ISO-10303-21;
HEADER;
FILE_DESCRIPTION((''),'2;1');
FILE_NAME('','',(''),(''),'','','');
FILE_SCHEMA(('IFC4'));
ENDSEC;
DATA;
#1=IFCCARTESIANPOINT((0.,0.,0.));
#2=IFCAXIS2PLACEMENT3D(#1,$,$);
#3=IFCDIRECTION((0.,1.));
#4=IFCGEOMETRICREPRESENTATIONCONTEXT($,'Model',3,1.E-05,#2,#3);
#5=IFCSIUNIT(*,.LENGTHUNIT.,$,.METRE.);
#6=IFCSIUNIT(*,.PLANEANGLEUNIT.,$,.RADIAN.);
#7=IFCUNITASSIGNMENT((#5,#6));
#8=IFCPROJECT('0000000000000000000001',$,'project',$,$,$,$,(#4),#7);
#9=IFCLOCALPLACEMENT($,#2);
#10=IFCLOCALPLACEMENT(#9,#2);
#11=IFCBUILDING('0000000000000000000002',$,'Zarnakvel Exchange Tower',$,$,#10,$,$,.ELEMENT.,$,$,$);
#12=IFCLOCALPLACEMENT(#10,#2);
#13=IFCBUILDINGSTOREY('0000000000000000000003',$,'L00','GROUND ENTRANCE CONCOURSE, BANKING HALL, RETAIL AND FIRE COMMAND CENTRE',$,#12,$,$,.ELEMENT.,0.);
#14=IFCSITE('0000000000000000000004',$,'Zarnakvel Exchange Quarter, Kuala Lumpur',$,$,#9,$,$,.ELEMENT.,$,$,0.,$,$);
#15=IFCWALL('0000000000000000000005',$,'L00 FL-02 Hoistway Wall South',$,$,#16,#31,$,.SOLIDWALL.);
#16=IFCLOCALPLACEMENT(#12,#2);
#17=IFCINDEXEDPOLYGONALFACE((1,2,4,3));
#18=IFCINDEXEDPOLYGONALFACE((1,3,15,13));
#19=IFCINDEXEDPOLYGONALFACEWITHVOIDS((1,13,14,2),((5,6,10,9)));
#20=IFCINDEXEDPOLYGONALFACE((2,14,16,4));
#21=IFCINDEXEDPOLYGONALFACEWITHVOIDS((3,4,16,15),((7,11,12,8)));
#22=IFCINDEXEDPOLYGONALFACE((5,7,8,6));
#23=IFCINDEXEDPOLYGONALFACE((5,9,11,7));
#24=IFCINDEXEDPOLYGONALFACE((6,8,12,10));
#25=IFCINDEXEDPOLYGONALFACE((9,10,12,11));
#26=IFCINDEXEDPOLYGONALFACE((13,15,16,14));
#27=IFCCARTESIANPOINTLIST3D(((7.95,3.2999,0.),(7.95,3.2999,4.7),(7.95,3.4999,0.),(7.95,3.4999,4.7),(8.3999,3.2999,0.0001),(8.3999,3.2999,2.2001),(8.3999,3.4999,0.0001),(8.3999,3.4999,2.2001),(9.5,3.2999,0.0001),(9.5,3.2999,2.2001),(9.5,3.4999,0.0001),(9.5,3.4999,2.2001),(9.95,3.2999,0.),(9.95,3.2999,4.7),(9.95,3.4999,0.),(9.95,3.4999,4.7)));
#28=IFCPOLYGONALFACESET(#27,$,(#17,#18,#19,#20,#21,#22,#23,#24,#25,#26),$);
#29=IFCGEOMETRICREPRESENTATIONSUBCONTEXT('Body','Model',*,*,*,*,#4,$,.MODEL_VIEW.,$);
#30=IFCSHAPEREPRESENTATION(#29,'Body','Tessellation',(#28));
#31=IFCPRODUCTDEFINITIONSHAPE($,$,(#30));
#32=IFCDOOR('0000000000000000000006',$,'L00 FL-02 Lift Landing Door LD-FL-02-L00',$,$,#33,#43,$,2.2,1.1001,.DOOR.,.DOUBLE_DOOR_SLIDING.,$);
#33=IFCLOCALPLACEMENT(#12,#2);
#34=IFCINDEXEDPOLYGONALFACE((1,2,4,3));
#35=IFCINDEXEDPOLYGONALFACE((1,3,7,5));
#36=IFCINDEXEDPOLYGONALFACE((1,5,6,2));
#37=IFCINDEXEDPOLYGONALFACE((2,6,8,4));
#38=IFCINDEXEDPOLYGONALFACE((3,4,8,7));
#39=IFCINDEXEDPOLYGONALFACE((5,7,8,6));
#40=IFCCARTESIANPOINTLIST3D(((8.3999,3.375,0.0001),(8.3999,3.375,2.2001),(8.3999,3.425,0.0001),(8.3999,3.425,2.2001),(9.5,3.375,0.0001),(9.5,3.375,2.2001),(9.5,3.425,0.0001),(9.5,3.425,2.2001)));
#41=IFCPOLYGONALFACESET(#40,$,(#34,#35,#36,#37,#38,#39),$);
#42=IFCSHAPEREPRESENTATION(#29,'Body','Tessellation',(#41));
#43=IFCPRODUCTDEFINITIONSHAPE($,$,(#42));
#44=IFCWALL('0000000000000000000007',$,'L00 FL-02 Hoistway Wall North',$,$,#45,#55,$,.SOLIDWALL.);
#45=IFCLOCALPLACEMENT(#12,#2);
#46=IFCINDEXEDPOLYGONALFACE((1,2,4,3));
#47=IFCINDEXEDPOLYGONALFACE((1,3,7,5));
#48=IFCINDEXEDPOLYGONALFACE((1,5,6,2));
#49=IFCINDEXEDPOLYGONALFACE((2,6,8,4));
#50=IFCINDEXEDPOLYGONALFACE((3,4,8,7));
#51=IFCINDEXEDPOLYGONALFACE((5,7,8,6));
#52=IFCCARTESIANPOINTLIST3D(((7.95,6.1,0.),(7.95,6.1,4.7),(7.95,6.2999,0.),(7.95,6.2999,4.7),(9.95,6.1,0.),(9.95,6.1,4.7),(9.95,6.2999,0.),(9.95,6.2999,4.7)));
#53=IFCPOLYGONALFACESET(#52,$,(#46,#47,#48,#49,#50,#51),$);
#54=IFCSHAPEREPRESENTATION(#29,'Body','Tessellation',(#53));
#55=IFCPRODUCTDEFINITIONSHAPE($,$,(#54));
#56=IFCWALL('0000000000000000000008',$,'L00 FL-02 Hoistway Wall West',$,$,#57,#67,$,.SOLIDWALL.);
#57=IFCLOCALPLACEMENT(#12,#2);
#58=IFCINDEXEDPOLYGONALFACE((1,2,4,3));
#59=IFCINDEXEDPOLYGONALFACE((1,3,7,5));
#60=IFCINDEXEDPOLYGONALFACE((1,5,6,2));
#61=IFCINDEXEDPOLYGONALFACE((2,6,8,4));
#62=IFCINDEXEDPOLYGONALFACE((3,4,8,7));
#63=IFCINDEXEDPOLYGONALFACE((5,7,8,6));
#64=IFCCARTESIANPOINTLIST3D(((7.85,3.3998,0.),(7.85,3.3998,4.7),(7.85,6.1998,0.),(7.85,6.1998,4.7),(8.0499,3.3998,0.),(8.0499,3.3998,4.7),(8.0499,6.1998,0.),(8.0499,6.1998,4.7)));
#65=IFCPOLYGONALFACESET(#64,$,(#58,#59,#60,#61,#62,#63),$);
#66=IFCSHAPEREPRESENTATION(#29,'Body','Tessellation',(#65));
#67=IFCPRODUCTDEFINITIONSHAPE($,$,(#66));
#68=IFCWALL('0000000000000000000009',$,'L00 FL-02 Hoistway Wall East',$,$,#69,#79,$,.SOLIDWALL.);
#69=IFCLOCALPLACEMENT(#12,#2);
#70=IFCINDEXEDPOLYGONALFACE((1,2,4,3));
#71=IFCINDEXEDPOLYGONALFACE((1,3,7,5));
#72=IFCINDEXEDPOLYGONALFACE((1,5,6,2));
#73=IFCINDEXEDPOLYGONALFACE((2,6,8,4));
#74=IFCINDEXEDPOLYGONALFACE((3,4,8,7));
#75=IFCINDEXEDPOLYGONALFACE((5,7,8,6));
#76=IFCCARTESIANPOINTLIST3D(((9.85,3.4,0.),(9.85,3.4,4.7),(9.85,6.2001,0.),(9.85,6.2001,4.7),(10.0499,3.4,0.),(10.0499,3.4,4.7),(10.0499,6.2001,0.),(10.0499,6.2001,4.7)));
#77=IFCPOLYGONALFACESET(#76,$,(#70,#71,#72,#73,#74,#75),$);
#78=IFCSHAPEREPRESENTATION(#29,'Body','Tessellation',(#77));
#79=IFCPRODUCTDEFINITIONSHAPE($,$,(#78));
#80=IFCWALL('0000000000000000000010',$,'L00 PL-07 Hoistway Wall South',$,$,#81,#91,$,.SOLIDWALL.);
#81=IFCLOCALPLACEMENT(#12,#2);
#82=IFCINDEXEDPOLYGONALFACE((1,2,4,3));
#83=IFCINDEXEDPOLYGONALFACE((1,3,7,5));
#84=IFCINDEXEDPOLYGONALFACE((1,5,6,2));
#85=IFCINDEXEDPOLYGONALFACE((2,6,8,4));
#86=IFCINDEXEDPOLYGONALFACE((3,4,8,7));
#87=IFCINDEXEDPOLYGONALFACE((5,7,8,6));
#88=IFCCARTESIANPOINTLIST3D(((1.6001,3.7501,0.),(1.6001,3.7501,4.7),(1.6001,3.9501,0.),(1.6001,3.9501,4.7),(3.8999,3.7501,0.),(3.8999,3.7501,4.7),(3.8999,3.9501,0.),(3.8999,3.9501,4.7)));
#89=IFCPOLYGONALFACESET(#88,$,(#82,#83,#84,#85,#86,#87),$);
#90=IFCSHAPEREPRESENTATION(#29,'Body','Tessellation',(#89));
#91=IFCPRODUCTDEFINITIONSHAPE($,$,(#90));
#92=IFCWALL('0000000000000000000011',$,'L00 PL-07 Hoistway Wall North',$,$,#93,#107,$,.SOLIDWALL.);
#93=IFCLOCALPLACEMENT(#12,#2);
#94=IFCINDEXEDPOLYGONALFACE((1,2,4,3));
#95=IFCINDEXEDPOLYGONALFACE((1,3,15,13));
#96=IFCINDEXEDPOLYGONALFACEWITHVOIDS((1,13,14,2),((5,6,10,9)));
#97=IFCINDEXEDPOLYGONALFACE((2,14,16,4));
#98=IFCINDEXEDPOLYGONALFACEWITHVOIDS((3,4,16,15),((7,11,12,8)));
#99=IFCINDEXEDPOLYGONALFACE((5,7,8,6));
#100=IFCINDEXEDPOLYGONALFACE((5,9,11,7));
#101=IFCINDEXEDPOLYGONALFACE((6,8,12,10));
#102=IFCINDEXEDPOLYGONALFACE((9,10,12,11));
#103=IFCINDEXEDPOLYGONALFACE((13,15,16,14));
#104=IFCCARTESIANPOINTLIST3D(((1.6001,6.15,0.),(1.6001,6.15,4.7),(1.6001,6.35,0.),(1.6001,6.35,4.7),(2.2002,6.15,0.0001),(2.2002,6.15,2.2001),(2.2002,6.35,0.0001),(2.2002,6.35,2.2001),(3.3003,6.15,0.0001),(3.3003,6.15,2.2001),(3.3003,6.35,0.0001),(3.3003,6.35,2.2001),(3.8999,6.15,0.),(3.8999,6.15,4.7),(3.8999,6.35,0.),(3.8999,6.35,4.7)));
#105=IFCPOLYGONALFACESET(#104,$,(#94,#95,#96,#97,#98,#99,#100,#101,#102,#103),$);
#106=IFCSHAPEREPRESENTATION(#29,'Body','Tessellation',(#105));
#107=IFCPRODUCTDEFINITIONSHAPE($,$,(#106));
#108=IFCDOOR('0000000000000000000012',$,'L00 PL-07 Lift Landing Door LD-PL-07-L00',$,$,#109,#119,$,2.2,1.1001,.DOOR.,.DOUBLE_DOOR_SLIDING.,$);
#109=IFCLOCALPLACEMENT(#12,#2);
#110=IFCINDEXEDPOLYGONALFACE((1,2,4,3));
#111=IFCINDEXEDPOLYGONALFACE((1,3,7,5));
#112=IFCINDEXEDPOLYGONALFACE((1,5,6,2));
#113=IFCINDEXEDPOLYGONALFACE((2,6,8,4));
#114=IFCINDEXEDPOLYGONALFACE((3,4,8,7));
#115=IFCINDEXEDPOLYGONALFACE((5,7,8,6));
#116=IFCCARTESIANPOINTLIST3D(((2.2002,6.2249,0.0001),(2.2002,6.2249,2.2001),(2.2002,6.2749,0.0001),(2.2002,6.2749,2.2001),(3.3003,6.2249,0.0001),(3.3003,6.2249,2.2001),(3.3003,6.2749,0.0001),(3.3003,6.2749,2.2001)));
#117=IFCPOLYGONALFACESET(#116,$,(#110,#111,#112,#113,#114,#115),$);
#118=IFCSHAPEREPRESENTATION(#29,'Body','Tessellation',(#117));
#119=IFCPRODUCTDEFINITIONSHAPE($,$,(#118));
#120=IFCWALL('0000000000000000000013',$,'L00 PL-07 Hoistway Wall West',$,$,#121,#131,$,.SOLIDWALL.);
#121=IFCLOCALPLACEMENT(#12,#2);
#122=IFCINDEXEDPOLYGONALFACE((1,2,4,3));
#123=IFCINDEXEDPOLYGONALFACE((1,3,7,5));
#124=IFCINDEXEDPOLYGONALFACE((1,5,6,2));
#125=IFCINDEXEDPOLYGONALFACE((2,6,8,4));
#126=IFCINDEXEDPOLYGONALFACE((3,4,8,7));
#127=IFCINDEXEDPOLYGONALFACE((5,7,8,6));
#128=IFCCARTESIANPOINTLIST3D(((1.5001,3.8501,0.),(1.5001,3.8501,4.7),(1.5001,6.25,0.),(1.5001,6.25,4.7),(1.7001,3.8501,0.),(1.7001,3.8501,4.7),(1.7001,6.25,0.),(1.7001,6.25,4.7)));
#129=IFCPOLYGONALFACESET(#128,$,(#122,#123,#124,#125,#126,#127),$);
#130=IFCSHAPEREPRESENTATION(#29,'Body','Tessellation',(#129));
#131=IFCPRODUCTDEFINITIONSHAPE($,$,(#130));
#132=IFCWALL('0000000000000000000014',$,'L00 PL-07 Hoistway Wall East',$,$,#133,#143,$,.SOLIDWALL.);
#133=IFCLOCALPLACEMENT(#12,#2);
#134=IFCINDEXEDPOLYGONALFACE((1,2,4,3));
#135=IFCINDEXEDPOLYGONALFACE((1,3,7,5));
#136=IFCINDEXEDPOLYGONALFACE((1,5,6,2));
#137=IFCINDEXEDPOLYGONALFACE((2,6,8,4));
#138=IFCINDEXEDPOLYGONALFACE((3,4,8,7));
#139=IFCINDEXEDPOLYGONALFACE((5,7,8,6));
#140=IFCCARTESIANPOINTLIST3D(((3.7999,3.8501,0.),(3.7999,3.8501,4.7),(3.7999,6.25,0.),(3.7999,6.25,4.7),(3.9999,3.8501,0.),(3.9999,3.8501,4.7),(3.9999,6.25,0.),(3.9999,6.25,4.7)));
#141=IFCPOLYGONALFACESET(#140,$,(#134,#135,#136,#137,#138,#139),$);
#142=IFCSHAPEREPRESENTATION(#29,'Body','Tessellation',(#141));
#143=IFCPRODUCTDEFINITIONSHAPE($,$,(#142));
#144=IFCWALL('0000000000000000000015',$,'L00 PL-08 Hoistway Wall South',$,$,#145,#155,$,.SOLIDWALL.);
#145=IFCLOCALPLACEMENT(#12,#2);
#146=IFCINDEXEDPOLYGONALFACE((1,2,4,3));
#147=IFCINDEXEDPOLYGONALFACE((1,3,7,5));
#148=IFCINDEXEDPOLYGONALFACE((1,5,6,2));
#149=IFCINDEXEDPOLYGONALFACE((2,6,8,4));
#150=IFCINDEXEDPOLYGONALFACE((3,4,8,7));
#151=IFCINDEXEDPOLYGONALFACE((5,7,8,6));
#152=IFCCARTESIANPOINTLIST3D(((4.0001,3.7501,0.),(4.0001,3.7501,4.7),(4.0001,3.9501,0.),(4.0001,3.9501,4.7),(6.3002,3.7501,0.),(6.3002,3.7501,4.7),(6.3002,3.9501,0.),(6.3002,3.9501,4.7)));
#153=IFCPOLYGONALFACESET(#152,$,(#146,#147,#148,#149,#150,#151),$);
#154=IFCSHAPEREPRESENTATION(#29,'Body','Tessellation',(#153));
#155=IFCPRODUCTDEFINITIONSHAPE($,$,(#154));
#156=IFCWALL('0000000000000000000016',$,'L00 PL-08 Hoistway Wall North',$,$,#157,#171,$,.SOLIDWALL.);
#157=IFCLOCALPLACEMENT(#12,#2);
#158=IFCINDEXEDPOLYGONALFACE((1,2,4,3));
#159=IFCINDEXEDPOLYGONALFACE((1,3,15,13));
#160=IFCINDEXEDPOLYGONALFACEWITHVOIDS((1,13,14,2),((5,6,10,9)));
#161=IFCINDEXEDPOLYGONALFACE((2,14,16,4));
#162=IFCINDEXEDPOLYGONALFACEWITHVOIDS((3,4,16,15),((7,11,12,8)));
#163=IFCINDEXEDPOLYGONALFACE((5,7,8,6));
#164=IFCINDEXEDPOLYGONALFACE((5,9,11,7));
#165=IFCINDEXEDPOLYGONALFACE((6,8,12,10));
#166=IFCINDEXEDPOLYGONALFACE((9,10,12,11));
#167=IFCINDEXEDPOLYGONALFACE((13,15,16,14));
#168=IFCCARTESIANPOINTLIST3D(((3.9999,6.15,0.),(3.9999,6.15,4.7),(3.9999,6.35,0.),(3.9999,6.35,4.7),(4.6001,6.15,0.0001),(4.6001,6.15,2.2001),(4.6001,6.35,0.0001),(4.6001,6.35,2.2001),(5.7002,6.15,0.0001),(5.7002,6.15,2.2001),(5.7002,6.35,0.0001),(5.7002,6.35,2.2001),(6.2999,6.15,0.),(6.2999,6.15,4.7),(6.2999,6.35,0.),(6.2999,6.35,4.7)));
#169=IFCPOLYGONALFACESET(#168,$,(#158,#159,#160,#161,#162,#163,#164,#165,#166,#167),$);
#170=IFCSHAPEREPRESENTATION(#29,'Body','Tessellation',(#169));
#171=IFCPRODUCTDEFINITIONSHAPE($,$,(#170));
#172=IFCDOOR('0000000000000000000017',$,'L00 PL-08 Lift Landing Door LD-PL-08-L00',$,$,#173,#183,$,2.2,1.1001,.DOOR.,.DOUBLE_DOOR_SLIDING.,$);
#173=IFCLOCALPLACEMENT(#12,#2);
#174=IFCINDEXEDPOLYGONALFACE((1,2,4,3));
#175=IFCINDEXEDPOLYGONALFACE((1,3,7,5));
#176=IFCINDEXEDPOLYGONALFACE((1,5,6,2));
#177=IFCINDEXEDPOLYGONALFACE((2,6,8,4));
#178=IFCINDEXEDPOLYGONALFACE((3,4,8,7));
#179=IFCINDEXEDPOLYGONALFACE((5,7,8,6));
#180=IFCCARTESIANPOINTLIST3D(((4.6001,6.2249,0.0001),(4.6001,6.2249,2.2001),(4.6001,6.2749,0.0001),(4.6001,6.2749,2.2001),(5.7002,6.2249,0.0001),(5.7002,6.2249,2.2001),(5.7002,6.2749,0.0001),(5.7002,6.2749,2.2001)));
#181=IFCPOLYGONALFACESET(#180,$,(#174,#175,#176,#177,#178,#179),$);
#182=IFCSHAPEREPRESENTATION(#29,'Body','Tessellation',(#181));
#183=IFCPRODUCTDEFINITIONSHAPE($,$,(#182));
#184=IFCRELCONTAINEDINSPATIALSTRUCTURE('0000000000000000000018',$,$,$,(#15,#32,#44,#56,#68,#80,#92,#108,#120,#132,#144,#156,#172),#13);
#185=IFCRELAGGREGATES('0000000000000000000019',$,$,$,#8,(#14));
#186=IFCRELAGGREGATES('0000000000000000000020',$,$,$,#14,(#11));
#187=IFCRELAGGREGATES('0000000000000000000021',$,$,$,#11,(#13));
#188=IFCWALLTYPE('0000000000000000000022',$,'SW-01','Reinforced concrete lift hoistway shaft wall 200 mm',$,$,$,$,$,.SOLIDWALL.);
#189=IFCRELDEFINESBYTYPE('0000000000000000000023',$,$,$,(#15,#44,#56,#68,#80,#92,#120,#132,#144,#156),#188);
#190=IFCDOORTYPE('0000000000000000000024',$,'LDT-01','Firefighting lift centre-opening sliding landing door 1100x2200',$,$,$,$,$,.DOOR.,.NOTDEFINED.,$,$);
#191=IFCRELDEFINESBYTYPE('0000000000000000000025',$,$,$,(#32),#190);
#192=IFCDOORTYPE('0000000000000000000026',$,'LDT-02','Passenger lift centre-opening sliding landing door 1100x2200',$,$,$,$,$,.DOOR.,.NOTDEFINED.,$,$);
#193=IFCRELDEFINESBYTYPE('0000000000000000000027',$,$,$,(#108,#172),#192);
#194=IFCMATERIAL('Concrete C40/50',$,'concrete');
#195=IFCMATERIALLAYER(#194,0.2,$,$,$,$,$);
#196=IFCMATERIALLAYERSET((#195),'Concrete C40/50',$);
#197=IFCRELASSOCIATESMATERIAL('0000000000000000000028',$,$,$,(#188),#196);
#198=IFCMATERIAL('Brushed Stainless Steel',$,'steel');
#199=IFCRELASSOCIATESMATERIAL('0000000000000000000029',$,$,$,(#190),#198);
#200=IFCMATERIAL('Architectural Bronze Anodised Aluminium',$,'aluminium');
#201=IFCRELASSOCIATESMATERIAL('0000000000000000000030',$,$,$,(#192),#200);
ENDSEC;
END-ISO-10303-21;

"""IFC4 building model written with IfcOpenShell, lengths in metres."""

from ifc_helpers import new_model, si_unit, direction, frame, frame_2d, origin, place, context, subcontext, project, spatial, rectangle, extrude, source, transform, mapped, material, layer, layer_set, type_object, element, fill, save


model = new_model("IFC4")

# Units and contexts
model_context = context("Model", 3, precision=1e-05, world=origin(), true_north=direction((0.0, 1.0)))
body_context = subcontext(model_context, "Body", "Model", "MODEL_VIEW")
ifc_project = project(units=[si_unit("LENGTHUNIT", "METRE"), si_unit("PLANEANGLEUNIT", "RADIAN")], contexts=[model_context])

# Site, building, storey
site_placement = place(None, origin())
site = spatial("IfcSite", under=ifc_project, at=site_placement, Name="Zarnakvel Exchange Quarter, Kuala Lumpur", CompositionType="ELEMENT", RefElevation=0.0)
building_placement = place(site_placement, origin())
building = spatial("IfcBuilding", under=site, at=building_placement, Name="Zarnakvel Exchange Tower", CompositionType="ELEMENT")
storey_placement = place(building_placement, origin())
storey = spatial("IfcBuildingStorey", under=building, at=storey_placement, Name="L00", Description="GROUND ENTRANCE CONCOURSE, BANKING HALL, RETAIL AND FIRE COMMAND CENTRE", CompositionType="ELEMENT", Elevation=0.0)

# Wall, opening, door
ifc_material_1 = material(Name="Concrete C40/50", Category="concrete")
ifc_layer_1 = layer(ifc_material_1, 0.2)
ifc_layer_set_1 = layer_set([ifc_layer_1], Name="Concrete C40/50")
wall_type_1 = type_object("IfcWallType", Name="SW-01", Description="Reinforced concrete lift hoistway shaft wall 200 mm", PredefinedType="SOLIDWALL", material=ifc_layer_set_1)
wall_1_placement = place(storey_placement, frame((9.95, 3.3999, 0.0), z_axis=(0.0, 0.0, 1.0), x_axis=(-1.0, 0.0, 0.0)))
wall_1 = element("IfcWall", 1, at=wall_1_placement, inside=storey, type_object=wall_type_1, Name="L00 FL-02 Hoistway Wall South", PredefinedType="SOLIDWALL", context=body_context, shape_type="SweptSolid", body=[
    extrude(rectangle(XDim=2.0, YDim=0.2, at=frame_2d((1.0, 0.0))), origin(), (0.0, 0.0, 1.0), 4.7),
])
opening_1_placement = place(wall_1_placement, frame((0.45, 0.0, 0.0)))
opening_1 = element("IfcOpeningElement", 2, at=opening_1_placement, cuts=wall_1, PredefinedType="OPENING", context=body_context, shape_type="SweptSolid", body=[
    extrude(rectangle(XDim=1.1001, YDim=2.2, at=frame_2d((0.55, 1.1001))), frame((0.0, 0.1099, 0.0), z_axis=(0.0, -1.0, 0.0), x_axis=(1.0, 0.0, 0.0)), (0.0, 0.0, 1.0), 0.22),
])
ifc_material_2 = material(Name="Brushed Stainless Steel", Category="steel")
door_type_1 = type_object("IfcDoorType", Name="LDT-01", Description="Firefighting lift centre-opening sliding landing door 1100x2200", OperationType="NOTDEFINED", PredefinedType="DOOR", material=ifc_material_2)
shared_shape_1 = source(origin(), body_context, "Body", "SweptSolid", [
    extrude(rectangle(XDim=1.1001, YDim=2.2, at=frame_2d((0.55, 1.1001))), frame((0.0, 0.0249, 0.0), z_axis=(0.0, -1.0, 0.0), x_axis=(1.0, 0.0, 0.0)), (0.0, 0.0, 1.0), 0.05),
])
door_1_placement = place(opening_1_placement, origin())
door_1 = element("IfcDoor", 3, at=door_1_placement, inside=storey, type_object=door_type_1, Name="L00 FL-02 Lift Landing Door LD-FL-02-L00", OperationType="DOUBLE_DOOR_SLIDING", OverallHeight=2.2, OverallWidth=1.1001, PredefinedType="DOOR", context=body_context, shape_type="MappedRepresentation", body=[
    mapped(shared_shape_1, transform((0.0, 0.0, 0.0), x_axis=(1.0, 0.0, 0.0), y_axis=(0.0, 1.0, 0.0), z_axis=(0.0, 0.0, 1.0), scale=1.0)),
])
fill(opening_1, door_1)

# Walls
wall_2_placement = place(storey_placement, frame((7.95, 6.2, 0.0), z_axis=(0.0, 0.0, 1.0), x_axis=(1.0, 0.0, 0.0)))
element("IfcWall", 4, at=wall_2_placement, inside=storey, type_object=wall_type_1, Name="L00 FL-02 Hoistway Wall North", PredefinedType="SOLIDWALL", context=body_context, shape_type="SweptSolid", body=[
    extrude(rectangle(XDim=2.0, YDim=0.2, at=frame_2d((1.0, 0.0))), origin(), (0.0, 0.0, 1.0), 4.7),
])
for number, where, z_axis, x_axis, name in (
    (5, (7.95, 3.3999, 0.0), (0.0, 0.0, 1.0), (0.0, 1.0, 0.0), "L00 FL-02 Hoistway Wall West"),
    (6, (9.95, 6.2, 0.0), (0.0, 0.0, 1.0), (0.0, -1.0, 0.0), "L00 FL-02 Hoistway Wall East"),
):
    element("IfcWall", number, at=place(storey_placement, frame(where, z_axis=z_axis, x_axis=x_axis)), inside=storey, type_object=wall_type_1, Name=name, PredefinedType="SOLIDWALL", context=body_context, shape_type="SweptSolid", body=[
        extrude(rectangle(XDim=2.8, YDim=0.2, at=frame_2d((1.3999, 0.0))), origin(), (0.0, 0.0, 1.0), 4.7),
    ])
wall_3_placement = place(storey_placement, frame((3.8999, 3.8501, 0.0), z_axis=(0.0, 0.0, 1.0), x_axis=(-1.0, 0.0, 0.0)))
element("IfcWall", 7, at=wall_3_placement, inside=storey, type_object=wall_type_1, Name="L00 PL-07 Hoistway Wall South", PredefinedType="SOLIDWALL", context=body_context, shape_type="SweptSolid", body=[
    extrude(rectangle(XDim=2.2998, YDim=0.2, at=frame_2d((1.1499, 0.0))), origin(), (0.0, 0.0, 1.0), 4.7),
])

# Wall, opening, door
wall_4_placement = place(storey_placement, frame((1.6001, 6.25, 0.0), z_axis=(0.0, 0.0, 1.0), x_axis=(1.0, 0.0, 0.0)))
wall_4 = element("IfcWall", 8, at=wall_4_placement, inside=storey, type_object=wall_type_1, Name="L00 PL-07 Hoistway Wall North", PredefinedType="SOLIDWALL", context=body_context, shape_type="SweptSolid", body=[
    extrude(rectangle(XDim=2.2998, YDim=0.2, at=frame_2d((1.1499, 0.0))), origin(), (0.0, 0.0, 1.0), 4.7),
])
opening_2_placement = place(wall_4_placement, frame((0.6001, 0.0, 0.0)))
opening_2 = element("IfcOpeningElement", 9, at=opening_2_placement, cuts=wall_4, PredefinedType="OPENING", context=body_context, shape_type="SweptSolid", body=[
    extrude(rectangle(XDim=1.1001, YDim=2.2, at=frame_2d((0.55, 1.1001))), frame((0.0, 0.1099, 0.0), z_axis=(0.0, -1.0, 0.0), x_axis=(1.0, 0.0, 0.0)), (0.0, 0.0, 1.0), 0.22),
])
ifc_material_3 = material(Name="Architectural Bronze Anodised Aluminium", Category="aluminium")
door_type_2 = type_object("IfcDoorType", Name="LDT-02", Description="Passenger lift centre-opening sliding landing door 1100x2200", OperationType="NOTDEFINED", PredefinedType="DOOR", material=ifc_material_3)
door_2_placement = place(opening_2_placement, origin())
door_2 = element("IfcDoor", 10, at=door_2_placement, inside=storey, type_object=door_type_2, Name="L00 PL-07 Lift Landing Door LD-PL-07-L00", OperationType="DOUBLE_DOOR_SLIDING", OverallHeight=2.2, OverallWidth=1.1001, PredefinedType="DOOR", context=body_context, shape_type="MappedRepresentation", body=[
    mapped(shared_shape_1, transform((0.0, 0.0, 0.0), x_axis=(1.0, 0.0, 0.0), y_axis=(0.0, 1.0, 0.0), z_axis=(0.0, 0.0, 1.0), scale=1.0)),
])
fill(opening_2, door_2)

# Walls
for number, where, z_axis, x_axis, name in (
    (11, (1.6001, 3.8501, 0.0), (0.0, 0.0, 1.0), (0.0, 1.0, 0.0), "L00 PL-07 Hoistway Wall West"),
    (12, (3.8999, 6.25, 0.0), (0.0, 0.0, 1.0), (0.0, -1.0, 0.0), "L00 PL-07 Hoistway Wall East"),
):
    element("IfcWall", number, at=place(storey_placement, frame(where, z_axis=z_axis, x_axis=x_axis)), inside=storey, type_object=wall_type_1, Name=name, PredefinedType="SOLIDWALL", context=body_context, shape_type="SweptSolid", body=[
        extrude(rectangle(XDim=2.3999, YDim=0.2, at=frame_2d((1.2, 0.0))), origin(), (0.0, 0.0, 1.0), 4.7),
    ])
wall_5_placement = place(storey_placement, frame((6.3, 3.8501, 0.0), z_axis=(0.0, 0.0, 1.0), x_axis=(-1.0, 0.0, 0.0)))
element("IfcWall", 13, at=wall_5_placement, inside=storey, type_object=wall_type_1, Name="L00 PL-08 Hoistway Wall South", PredefinedType="SOLIDWALL", context=body_context, shape_type="SweptSolid", body=[
    extrude(rectangle(XDim=2.3, YDim=0.2, at=frame_2d((1.1499, 0.0))), origin(), (0.0, 0.0, 1.0), 4.7),
])

# Wall, opening, door
wall_6_placement = place(storey_placement, frame((4.0, 6.25, 0.0), z_axis=(0.0, 0.0, 1.0), x_axis=(1.0, 0.0, 0.0)))
wall_6 = element("IfcWall", 14, at=wall_6_placement, inside=storey, type_object=wall_type_1, Name="L00 PL-08 Hoistway Wall North", PredefinedType="SOLIDWALL", context=body_context, shape_type="SweptSolid", body=[
    extrude(rectangle(XDim=2.3, YDim=0.2, at=frame_2d((1.1499, 0.0))), origin(), (0.0, 0.0, 1.0), 4.7),
])
opening_3_placement = place(wall_6_placement, frame((0.6001, 0.0, 0.0)))
opening_3 = element("IfcOpeningElement", 15, at=opening_3_placement, cuts=wall_6, PredefinedType="OPENING", context=body_context, shape_type="SweptSolid", body=[
    extrude(rectangle(XDim=1.1001, YDim=2.2, at=frame_2d((0.55, 1.1001))), frame((0.0, 0.1099, 0.0), z_axis=(0.0, -1.0, 0.0), x_axis=(1.0, 0.0, 0.0)), (0.0, 0.0, 1.0), 0.22),
])
door_3_placement = place(opening_3_placement, origin())
door_3 = element("IfcDoor", 16, at=door_3_placement, inside=storey, type_object=door_type_2, Name="L00 PL-08 Lift Landing Door LD-PL-08-L00", OperationType="DOUBLE_DOOR_SLIDING", OverallHeight=2.2, OverallWidth=1.1001, PredefinedType="DOOR", context=body_context, shape_type="MappedRepresentation", body=[
    mapped(shared_shape_1, transform((0.0, 0.0, 0.0), x_axis=(1.0, 0.0, 0.0), y_axis=(0.0, 1.0, 0.0), z_axis=(0.0, 0.0, 1.0), scale=1.0)),
])
fill(opening_3, door_3)

save(model, "model.ifc")
